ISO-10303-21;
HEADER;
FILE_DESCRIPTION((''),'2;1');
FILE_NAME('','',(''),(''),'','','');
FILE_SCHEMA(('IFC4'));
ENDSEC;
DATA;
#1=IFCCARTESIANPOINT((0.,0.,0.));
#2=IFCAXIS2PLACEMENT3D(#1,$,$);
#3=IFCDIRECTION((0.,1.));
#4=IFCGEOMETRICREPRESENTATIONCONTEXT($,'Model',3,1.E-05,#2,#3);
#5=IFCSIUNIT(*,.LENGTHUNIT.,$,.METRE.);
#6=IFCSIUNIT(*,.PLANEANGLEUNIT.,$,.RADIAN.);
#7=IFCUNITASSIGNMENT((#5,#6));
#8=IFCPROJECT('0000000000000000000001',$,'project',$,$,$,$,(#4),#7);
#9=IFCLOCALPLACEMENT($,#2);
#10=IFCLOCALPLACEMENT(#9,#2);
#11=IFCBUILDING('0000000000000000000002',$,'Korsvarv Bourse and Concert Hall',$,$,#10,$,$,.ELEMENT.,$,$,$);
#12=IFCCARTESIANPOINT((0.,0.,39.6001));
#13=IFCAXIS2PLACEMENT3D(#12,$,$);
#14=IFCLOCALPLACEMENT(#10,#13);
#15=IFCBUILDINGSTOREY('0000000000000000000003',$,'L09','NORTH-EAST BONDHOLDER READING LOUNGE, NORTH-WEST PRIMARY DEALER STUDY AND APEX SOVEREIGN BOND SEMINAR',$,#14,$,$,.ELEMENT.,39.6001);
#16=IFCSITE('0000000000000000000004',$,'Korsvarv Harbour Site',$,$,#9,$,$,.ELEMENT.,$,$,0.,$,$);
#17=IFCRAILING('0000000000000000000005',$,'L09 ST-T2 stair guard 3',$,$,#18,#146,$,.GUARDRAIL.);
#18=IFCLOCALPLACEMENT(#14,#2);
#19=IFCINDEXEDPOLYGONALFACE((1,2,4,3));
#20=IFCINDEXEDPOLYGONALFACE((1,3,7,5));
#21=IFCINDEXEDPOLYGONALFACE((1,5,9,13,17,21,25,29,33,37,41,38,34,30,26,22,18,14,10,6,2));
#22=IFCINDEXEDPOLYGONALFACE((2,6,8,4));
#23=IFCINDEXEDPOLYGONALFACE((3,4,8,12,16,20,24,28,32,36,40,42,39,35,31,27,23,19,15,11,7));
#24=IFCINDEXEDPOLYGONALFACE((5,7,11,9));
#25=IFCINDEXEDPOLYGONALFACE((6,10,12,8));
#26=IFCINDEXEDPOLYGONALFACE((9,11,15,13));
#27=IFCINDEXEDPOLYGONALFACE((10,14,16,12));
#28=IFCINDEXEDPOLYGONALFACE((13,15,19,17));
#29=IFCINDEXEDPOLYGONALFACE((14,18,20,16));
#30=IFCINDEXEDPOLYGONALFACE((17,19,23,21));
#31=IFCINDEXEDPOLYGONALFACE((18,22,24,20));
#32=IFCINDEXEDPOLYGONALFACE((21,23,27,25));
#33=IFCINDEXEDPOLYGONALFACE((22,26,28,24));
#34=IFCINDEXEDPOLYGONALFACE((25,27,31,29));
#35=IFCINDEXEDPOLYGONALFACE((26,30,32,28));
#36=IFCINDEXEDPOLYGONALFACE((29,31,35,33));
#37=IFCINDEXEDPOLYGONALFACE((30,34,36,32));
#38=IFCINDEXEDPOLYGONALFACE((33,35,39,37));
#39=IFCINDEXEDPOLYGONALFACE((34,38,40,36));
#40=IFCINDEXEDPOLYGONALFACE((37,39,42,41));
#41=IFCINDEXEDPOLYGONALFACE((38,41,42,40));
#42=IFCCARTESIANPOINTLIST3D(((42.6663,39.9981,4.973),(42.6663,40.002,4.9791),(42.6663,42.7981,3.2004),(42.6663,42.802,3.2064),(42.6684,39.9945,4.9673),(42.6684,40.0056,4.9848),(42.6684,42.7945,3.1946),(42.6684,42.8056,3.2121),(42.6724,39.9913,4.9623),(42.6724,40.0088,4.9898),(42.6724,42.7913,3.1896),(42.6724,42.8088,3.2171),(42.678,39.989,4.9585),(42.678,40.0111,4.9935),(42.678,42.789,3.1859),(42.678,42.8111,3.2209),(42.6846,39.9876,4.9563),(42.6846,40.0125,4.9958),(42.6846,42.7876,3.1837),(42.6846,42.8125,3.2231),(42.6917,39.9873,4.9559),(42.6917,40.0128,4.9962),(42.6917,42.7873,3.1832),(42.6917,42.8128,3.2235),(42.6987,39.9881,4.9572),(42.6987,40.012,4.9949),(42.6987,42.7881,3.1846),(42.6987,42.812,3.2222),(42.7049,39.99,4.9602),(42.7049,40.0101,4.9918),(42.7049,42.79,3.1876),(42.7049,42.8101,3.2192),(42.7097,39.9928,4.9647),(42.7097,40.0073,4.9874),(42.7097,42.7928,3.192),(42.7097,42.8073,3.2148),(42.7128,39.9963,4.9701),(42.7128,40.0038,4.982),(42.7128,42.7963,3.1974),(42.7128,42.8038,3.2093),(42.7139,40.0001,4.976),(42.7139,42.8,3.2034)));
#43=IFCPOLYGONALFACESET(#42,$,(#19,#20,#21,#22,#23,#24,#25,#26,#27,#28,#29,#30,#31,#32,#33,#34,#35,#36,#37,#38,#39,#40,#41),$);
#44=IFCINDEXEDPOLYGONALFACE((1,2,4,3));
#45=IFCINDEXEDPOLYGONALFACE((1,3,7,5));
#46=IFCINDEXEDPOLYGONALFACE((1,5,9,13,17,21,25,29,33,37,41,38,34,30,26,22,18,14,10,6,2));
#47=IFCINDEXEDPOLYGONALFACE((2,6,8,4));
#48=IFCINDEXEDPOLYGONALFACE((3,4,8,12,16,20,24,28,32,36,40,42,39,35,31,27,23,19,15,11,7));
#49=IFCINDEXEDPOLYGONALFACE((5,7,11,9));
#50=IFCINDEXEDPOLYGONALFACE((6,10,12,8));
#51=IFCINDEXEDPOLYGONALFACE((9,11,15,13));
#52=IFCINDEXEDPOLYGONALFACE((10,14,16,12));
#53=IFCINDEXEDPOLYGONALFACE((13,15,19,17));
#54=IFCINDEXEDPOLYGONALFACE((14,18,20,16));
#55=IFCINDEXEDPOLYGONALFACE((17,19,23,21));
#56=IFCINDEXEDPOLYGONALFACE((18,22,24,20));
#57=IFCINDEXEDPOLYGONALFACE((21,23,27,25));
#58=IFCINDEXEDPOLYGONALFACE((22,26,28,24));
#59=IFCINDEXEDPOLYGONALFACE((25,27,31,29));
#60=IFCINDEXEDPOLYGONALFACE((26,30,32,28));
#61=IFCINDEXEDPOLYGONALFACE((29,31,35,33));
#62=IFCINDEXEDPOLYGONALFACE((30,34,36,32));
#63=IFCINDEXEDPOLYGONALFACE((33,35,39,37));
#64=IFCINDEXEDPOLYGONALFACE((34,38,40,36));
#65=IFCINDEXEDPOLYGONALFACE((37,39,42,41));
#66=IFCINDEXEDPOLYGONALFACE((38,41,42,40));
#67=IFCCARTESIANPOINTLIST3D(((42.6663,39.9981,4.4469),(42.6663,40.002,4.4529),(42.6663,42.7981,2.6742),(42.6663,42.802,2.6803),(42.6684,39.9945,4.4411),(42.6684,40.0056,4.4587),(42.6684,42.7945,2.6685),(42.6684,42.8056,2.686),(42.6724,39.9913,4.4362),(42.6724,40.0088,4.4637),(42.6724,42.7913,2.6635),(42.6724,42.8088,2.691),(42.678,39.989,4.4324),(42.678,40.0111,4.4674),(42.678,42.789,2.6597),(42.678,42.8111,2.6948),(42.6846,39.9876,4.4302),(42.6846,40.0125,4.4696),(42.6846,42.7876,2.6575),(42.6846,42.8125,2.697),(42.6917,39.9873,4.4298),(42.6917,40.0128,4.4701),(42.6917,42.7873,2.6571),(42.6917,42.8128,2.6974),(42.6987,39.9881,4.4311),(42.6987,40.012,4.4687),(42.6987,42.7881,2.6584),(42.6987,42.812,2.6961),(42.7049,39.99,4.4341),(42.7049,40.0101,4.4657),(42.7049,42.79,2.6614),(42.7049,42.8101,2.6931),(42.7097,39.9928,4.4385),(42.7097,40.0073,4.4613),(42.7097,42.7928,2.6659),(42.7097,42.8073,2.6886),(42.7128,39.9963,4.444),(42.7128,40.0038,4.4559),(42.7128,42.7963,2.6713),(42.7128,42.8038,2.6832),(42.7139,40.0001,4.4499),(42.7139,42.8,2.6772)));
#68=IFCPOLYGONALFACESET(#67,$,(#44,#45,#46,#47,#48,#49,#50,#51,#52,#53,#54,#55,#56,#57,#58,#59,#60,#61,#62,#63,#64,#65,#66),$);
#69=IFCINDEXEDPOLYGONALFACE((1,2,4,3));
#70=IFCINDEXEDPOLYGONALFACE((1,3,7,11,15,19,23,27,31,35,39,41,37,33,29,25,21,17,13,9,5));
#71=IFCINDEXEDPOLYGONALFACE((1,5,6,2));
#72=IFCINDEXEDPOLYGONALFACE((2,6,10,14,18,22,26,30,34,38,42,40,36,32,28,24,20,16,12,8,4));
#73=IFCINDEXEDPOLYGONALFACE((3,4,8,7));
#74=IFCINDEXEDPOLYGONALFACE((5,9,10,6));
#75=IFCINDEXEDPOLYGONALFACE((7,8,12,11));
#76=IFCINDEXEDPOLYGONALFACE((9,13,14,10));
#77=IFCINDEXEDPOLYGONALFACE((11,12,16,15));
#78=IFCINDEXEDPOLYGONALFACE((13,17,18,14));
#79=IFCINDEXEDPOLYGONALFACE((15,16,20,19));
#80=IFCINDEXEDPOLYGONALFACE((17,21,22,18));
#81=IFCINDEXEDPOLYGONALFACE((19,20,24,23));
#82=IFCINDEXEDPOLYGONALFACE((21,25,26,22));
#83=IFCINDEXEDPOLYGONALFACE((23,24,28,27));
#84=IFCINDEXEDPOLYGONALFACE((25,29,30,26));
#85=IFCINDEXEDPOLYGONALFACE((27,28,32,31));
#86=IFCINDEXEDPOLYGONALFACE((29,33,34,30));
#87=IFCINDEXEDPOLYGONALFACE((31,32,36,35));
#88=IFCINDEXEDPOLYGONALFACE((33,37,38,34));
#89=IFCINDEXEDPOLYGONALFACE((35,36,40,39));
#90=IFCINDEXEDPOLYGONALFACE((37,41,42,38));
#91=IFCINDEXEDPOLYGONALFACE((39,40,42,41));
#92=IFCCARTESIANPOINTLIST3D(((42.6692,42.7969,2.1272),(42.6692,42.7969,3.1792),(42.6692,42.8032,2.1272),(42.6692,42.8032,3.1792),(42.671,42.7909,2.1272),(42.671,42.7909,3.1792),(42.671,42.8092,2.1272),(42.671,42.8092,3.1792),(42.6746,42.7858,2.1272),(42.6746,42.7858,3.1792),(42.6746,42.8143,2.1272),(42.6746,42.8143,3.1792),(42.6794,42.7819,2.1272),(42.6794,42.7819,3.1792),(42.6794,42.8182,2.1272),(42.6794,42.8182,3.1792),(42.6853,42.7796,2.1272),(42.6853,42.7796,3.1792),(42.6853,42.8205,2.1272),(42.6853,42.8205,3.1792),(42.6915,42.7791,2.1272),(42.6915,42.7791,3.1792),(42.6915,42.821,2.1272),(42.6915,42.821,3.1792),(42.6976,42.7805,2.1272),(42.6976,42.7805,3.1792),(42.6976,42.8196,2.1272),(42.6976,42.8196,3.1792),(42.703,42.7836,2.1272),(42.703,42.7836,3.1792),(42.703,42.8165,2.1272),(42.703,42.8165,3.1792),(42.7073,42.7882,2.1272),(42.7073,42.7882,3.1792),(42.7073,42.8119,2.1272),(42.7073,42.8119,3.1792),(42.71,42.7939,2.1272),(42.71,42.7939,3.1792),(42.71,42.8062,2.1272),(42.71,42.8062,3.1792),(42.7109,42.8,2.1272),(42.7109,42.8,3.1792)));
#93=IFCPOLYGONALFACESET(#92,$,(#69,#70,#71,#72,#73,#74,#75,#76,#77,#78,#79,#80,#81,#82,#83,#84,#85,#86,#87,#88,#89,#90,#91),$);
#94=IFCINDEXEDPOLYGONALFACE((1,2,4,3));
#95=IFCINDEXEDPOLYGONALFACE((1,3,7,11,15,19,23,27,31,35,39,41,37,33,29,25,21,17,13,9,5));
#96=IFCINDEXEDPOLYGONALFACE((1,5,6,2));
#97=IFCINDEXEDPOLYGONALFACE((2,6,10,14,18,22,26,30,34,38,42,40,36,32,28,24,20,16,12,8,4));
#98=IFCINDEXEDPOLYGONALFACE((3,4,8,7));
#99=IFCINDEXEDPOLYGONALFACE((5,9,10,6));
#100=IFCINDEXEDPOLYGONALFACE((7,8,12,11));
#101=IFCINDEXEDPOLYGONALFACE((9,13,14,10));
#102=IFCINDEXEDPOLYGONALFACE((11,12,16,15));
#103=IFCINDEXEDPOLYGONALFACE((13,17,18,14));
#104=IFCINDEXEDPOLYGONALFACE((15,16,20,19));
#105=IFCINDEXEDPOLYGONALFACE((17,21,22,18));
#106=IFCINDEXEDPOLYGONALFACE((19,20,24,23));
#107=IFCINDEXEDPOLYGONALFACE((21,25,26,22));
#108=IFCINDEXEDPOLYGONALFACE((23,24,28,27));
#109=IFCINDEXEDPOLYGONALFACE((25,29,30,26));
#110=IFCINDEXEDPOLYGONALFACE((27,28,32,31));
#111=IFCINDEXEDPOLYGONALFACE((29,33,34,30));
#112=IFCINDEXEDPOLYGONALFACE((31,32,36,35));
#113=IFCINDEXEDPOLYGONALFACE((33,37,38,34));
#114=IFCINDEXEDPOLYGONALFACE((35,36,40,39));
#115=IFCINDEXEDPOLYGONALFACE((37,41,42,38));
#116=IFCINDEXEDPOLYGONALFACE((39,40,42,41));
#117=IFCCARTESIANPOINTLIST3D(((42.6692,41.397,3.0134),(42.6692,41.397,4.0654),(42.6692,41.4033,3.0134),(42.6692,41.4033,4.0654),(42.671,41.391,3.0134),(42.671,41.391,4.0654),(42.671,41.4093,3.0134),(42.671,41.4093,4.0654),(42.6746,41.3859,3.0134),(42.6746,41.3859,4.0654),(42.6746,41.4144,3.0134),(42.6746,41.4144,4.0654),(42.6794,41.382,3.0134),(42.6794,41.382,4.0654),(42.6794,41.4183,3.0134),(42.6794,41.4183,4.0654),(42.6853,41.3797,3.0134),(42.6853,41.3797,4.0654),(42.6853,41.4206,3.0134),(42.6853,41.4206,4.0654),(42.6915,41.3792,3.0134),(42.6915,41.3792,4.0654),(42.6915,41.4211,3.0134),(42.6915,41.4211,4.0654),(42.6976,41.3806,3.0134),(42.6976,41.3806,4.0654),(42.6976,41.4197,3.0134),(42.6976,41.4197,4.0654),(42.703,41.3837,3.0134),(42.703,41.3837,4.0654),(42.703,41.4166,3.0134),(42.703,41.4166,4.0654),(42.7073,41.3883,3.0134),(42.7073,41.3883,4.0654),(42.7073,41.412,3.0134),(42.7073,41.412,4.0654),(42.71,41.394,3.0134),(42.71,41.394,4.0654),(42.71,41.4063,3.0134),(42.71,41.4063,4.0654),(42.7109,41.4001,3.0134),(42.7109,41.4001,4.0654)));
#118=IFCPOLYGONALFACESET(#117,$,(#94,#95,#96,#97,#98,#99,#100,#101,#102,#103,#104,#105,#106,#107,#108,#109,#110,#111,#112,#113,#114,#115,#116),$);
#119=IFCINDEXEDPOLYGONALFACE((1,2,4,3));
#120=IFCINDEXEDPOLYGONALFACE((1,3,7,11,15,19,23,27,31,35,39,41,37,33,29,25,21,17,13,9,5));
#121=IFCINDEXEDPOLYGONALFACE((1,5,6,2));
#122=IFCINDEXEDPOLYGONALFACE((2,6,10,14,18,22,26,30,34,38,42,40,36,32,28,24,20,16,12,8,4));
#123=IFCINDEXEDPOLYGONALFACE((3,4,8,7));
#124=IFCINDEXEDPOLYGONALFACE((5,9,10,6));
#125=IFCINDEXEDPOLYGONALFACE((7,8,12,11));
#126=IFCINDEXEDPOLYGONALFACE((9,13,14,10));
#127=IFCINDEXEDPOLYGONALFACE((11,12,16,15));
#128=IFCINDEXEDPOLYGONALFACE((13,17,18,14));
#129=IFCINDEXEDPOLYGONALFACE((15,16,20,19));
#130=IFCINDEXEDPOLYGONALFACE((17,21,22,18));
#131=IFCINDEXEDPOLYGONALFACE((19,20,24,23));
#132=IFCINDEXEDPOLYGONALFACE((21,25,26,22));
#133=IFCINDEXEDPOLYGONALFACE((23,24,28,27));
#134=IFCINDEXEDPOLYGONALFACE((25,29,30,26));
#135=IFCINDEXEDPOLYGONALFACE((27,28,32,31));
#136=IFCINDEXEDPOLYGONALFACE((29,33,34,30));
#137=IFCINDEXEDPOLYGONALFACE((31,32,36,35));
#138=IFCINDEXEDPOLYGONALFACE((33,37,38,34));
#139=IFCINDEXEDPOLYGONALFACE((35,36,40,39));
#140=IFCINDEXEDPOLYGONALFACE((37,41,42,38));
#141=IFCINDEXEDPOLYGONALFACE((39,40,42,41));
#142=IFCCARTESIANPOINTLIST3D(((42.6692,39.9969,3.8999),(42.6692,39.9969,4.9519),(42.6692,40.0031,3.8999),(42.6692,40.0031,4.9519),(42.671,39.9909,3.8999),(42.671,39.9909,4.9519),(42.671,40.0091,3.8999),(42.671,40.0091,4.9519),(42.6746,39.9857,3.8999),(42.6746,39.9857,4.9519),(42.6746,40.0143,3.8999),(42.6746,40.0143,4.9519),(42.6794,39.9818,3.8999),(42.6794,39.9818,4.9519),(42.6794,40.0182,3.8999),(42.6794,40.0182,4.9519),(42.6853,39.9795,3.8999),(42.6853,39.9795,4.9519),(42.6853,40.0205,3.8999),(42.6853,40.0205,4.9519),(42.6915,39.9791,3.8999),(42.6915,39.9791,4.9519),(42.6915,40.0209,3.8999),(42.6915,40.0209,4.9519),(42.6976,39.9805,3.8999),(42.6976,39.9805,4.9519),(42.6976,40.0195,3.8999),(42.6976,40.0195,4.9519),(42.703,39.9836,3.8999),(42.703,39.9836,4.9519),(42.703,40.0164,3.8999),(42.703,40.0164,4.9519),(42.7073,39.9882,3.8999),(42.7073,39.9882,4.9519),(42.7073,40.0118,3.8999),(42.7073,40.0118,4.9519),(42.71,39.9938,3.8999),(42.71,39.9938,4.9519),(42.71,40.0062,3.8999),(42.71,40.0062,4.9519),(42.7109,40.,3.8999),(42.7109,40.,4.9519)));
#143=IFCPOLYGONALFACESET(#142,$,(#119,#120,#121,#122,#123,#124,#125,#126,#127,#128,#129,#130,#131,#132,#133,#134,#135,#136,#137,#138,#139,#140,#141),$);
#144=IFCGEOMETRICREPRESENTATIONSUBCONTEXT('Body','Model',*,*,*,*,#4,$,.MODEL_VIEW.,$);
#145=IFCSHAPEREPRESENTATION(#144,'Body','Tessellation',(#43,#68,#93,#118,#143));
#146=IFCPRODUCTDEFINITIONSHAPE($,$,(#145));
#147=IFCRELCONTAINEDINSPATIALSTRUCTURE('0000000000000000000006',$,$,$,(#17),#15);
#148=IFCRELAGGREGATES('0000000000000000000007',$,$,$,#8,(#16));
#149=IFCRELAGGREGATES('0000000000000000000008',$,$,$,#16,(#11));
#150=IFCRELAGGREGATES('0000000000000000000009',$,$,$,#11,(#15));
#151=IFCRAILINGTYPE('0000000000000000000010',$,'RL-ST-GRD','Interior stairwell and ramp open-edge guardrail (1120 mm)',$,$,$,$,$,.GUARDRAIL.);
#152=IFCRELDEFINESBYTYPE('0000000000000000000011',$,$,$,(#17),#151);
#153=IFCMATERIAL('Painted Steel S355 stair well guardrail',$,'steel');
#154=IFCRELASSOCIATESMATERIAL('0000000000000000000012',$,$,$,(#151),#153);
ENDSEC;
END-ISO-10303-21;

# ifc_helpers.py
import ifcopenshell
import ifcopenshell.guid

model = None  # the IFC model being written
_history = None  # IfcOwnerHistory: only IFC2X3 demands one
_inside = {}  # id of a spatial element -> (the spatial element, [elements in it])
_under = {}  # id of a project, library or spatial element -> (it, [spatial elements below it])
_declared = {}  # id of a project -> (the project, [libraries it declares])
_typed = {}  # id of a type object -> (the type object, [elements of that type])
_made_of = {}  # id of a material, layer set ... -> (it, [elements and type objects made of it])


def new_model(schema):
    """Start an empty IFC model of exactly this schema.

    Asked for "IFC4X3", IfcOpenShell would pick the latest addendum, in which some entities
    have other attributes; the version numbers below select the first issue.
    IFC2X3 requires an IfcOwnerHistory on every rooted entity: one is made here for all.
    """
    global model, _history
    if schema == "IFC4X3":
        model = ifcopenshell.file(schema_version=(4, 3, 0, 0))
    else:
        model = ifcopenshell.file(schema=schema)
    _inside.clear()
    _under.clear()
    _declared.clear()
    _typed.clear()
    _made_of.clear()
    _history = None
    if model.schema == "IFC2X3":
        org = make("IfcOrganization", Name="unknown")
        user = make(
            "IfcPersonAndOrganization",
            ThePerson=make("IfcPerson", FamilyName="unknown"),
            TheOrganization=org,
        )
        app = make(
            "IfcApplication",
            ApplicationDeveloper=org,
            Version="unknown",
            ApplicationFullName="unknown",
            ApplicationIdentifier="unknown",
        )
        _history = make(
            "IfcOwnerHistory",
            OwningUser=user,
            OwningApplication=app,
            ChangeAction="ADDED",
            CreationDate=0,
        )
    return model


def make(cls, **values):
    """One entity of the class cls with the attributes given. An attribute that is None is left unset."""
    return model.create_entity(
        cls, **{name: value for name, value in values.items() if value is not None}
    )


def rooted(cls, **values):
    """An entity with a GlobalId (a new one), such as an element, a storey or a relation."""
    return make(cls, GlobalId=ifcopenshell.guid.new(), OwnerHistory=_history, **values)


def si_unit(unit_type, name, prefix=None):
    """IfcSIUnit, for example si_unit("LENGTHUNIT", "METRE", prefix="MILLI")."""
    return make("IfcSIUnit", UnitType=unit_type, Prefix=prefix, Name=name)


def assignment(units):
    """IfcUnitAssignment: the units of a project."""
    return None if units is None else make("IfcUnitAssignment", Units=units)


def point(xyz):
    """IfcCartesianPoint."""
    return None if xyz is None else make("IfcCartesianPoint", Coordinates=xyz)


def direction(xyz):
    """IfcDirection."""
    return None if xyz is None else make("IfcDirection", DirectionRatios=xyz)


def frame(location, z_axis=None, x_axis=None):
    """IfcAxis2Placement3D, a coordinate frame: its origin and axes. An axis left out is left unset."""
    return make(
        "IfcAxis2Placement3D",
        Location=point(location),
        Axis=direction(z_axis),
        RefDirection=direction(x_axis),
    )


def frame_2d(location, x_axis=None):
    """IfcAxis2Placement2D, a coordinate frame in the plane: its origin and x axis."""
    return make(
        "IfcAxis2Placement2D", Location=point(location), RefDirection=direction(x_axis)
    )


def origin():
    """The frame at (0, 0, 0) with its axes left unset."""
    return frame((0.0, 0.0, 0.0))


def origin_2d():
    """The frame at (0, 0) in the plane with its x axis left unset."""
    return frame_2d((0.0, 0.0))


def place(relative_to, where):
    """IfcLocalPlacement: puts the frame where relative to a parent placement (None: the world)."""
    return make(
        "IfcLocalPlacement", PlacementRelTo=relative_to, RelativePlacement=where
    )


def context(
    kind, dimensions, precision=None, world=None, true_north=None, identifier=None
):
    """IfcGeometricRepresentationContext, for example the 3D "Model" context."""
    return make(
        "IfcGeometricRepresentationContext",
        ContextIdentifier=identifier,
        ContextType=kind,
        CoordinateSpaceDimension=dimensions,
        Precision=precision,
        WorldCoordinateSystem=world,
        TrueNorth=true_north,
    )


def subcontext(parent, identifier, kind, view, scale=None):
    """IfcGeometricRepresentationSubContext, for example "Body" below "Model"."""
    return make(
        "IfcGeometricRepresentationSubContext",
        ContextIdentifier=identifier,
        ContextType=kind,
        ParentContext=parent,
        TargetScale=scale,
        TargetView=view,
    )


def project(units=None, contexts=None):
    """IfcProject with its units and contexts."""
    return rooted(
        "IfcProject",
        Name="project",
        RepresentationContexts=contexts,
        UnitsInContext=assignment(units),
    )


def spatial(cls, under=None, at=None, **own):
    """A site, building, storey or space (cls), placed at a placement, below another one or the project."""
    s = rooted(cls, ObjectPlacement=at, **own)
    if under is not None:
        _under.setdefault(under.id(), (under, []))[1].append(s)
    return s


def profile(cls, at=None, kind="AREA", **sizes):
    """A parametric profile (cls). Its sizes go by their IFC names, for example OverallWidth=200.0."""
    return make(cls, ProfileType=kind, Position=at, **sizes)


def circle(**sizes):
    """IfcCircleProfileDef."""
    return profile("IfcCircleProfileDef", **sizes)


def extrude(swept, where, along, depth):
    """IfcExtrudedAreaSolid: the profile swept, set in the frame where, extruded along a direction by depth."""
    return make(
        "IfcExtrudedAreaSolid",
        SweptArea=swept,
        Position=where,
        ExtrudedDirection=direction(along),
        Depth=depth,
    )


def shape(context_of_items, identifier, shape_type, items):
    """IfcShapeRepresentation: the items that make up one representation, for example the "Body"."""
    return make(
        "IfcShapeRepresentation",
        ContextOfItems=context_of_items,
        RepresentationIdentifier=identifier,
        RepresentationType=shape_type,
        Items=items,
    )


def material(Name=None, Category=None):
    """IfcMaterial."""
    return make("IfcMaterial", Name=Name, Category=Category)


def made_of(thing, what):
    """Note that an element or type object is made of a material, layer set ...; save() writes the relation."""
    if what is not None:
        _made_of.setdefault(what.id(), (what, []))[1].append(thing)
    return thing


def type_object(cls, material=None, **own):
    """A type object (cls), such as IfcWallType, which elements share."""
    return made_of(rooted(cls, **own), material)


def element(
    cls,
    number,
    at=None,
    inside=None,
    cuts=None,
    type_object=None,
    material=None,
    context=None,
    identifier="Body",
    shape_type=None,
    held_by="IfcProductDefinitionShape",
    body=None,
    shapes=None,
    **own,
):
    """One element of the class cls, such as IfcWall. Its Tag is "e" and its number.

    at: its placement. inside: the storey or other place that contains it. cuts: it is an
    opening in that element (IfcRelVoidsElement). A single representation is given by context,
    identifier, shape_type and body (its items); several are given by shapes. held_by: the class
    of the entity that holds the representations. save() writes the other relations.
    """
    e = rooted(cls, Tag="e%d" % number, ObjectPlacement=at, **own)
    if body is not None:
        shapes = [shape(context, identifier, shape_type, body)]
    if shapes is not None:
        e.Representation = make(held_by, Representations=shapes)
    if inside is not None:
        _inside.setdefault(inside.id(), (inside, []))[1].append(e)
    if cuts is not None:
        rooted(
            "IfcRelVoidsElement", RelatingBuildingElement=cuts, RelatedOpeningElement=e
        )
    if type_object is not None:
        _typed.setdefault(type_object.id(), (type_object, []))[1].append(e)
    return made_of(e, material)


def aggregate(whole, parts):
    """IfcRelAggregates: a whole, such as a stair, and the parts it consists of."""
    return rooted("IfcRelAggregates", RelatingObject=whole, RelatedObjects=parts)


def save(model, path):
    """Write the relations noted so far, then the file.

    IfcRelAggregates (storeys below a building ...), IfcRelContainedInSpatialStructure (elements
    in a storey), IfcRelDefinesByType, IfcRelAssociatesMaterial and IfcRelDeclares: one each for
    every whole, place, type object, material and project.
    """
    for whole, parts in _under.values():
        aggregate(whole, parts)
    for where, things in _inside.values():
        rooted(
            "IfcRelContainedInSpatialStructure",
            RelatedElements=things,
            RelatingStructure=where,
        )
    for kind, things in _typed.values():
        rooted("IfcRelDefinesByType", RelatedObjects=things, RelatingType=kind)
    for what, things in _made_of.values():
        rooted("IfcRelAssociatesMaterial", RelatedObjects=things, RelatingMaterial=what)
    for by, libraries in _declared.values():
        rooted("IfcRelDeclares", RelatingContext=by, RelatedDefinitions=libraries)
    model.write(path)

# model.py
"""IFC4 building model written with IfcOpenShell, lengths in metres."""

from ifc_helpers import new_model, si_unit, direction, frame, origin, origin_2d, place, context, subcontext, project, spatial, circle, extrude, material, type_object, element, save


model = new_model("IFC4")

# Units and contexts
model_context = context("Model", 3, precision=1e-05, world=origin(), true_north=direction((0.0, 1.0)))
body_context = subcontext(model_context, "Body", "Model", "MODEL_VIEW")
ifc_project = project(units=[si_unit("LENGTHUNIT", "METRE"), si_unit("PLANEANGLEUNIT", "RADIAN")], contexts=[model_context])

# Site, building, storey
site_placement = place(None, origin())
site = spatial("IfcSite", under=ifc_project, at=site_placement, Name="Korsvarv Harbour Site", CompositionType="ELEMENT", RefElevation=0.0)
building_placement = place(site_placement, origin())
building = spatial("IfcBuilding", under=site, at=building_placement, Name="Korsvarv Bourse and Concert Hall", CompositionType="ELEMENT")
storey_placement = place(building_placement, frame((0.0, 0.0, 39.6001)))
storey = spatial("IfcBuildingStorey", under=building, at=storey_placement, Name="L09", Description="NORTH-EAST BONDHOLDER READING LOUNGE, NORTH-WEST PRIMARY DEALER STUDY AND APEX SOVEREIGN BOND SEMINAR", CompositionType="ELEMENT", Elevation=39.6001)

# Railing
ifc_material_1 = material(Name="Painted Steel S355 stair well guardrail", Category="steel")
railing_type_1 = type_object("IfcRailingType", Name="RL-ST-GRD", Description="Interior stairwell and ramp open-edge guardrail (1120 mm)", PredefinedType="GUARDRAIL", material=ifc_material_1)
railing_1_placement = place(storey_placement, frame((42.6899, 42.8, 2.1272)))
element("IfcRailing", 1, at=railing_1_placement, inside=storey, type_object=railing_type_1, Name="L09 ST-T2 stair guard 3", PredefinedType="GUARDRAIL", context=body_context, shape_type="SweptSolid", body=[
    extrude(circle(Radius=0.0239, at=origin_2d()), frame((0.0, 0.0, 1.0762), z_axis=(0.0, -0.844909, 0.53491), x_axis=(1.0, 0.0, 0.0)), (0.0, 0.0, 1.0), 3.314),
    extrude(circle(Radius=0.0239, at=origin_2d()), frame((0.0, 0.0, 0.55), z_axis=(0.0, -0.844909, 0.53491), x_axis=(1.0, 0.0, 0.0)), (0.0, 0.0, 1.0), 3.314),
    extrude(circle(Radius=0.021, at=origin_2d()), origin(), (0.0, 0.0, 1.0), 1.052),
    extrude(circle(Radius=0.021, at=origin_2d()), frame((0.0, -1.3999, 0.8862)), (0.0, 0.0, 1.0), 1.052),
    extrude(circle(Radius=0.021, at=origin_2d()), frame((0.0, -2.8, 1.7727)), (0.0, 0.0, 1.0), 1.052),
])

save(model, "model.ifc")
